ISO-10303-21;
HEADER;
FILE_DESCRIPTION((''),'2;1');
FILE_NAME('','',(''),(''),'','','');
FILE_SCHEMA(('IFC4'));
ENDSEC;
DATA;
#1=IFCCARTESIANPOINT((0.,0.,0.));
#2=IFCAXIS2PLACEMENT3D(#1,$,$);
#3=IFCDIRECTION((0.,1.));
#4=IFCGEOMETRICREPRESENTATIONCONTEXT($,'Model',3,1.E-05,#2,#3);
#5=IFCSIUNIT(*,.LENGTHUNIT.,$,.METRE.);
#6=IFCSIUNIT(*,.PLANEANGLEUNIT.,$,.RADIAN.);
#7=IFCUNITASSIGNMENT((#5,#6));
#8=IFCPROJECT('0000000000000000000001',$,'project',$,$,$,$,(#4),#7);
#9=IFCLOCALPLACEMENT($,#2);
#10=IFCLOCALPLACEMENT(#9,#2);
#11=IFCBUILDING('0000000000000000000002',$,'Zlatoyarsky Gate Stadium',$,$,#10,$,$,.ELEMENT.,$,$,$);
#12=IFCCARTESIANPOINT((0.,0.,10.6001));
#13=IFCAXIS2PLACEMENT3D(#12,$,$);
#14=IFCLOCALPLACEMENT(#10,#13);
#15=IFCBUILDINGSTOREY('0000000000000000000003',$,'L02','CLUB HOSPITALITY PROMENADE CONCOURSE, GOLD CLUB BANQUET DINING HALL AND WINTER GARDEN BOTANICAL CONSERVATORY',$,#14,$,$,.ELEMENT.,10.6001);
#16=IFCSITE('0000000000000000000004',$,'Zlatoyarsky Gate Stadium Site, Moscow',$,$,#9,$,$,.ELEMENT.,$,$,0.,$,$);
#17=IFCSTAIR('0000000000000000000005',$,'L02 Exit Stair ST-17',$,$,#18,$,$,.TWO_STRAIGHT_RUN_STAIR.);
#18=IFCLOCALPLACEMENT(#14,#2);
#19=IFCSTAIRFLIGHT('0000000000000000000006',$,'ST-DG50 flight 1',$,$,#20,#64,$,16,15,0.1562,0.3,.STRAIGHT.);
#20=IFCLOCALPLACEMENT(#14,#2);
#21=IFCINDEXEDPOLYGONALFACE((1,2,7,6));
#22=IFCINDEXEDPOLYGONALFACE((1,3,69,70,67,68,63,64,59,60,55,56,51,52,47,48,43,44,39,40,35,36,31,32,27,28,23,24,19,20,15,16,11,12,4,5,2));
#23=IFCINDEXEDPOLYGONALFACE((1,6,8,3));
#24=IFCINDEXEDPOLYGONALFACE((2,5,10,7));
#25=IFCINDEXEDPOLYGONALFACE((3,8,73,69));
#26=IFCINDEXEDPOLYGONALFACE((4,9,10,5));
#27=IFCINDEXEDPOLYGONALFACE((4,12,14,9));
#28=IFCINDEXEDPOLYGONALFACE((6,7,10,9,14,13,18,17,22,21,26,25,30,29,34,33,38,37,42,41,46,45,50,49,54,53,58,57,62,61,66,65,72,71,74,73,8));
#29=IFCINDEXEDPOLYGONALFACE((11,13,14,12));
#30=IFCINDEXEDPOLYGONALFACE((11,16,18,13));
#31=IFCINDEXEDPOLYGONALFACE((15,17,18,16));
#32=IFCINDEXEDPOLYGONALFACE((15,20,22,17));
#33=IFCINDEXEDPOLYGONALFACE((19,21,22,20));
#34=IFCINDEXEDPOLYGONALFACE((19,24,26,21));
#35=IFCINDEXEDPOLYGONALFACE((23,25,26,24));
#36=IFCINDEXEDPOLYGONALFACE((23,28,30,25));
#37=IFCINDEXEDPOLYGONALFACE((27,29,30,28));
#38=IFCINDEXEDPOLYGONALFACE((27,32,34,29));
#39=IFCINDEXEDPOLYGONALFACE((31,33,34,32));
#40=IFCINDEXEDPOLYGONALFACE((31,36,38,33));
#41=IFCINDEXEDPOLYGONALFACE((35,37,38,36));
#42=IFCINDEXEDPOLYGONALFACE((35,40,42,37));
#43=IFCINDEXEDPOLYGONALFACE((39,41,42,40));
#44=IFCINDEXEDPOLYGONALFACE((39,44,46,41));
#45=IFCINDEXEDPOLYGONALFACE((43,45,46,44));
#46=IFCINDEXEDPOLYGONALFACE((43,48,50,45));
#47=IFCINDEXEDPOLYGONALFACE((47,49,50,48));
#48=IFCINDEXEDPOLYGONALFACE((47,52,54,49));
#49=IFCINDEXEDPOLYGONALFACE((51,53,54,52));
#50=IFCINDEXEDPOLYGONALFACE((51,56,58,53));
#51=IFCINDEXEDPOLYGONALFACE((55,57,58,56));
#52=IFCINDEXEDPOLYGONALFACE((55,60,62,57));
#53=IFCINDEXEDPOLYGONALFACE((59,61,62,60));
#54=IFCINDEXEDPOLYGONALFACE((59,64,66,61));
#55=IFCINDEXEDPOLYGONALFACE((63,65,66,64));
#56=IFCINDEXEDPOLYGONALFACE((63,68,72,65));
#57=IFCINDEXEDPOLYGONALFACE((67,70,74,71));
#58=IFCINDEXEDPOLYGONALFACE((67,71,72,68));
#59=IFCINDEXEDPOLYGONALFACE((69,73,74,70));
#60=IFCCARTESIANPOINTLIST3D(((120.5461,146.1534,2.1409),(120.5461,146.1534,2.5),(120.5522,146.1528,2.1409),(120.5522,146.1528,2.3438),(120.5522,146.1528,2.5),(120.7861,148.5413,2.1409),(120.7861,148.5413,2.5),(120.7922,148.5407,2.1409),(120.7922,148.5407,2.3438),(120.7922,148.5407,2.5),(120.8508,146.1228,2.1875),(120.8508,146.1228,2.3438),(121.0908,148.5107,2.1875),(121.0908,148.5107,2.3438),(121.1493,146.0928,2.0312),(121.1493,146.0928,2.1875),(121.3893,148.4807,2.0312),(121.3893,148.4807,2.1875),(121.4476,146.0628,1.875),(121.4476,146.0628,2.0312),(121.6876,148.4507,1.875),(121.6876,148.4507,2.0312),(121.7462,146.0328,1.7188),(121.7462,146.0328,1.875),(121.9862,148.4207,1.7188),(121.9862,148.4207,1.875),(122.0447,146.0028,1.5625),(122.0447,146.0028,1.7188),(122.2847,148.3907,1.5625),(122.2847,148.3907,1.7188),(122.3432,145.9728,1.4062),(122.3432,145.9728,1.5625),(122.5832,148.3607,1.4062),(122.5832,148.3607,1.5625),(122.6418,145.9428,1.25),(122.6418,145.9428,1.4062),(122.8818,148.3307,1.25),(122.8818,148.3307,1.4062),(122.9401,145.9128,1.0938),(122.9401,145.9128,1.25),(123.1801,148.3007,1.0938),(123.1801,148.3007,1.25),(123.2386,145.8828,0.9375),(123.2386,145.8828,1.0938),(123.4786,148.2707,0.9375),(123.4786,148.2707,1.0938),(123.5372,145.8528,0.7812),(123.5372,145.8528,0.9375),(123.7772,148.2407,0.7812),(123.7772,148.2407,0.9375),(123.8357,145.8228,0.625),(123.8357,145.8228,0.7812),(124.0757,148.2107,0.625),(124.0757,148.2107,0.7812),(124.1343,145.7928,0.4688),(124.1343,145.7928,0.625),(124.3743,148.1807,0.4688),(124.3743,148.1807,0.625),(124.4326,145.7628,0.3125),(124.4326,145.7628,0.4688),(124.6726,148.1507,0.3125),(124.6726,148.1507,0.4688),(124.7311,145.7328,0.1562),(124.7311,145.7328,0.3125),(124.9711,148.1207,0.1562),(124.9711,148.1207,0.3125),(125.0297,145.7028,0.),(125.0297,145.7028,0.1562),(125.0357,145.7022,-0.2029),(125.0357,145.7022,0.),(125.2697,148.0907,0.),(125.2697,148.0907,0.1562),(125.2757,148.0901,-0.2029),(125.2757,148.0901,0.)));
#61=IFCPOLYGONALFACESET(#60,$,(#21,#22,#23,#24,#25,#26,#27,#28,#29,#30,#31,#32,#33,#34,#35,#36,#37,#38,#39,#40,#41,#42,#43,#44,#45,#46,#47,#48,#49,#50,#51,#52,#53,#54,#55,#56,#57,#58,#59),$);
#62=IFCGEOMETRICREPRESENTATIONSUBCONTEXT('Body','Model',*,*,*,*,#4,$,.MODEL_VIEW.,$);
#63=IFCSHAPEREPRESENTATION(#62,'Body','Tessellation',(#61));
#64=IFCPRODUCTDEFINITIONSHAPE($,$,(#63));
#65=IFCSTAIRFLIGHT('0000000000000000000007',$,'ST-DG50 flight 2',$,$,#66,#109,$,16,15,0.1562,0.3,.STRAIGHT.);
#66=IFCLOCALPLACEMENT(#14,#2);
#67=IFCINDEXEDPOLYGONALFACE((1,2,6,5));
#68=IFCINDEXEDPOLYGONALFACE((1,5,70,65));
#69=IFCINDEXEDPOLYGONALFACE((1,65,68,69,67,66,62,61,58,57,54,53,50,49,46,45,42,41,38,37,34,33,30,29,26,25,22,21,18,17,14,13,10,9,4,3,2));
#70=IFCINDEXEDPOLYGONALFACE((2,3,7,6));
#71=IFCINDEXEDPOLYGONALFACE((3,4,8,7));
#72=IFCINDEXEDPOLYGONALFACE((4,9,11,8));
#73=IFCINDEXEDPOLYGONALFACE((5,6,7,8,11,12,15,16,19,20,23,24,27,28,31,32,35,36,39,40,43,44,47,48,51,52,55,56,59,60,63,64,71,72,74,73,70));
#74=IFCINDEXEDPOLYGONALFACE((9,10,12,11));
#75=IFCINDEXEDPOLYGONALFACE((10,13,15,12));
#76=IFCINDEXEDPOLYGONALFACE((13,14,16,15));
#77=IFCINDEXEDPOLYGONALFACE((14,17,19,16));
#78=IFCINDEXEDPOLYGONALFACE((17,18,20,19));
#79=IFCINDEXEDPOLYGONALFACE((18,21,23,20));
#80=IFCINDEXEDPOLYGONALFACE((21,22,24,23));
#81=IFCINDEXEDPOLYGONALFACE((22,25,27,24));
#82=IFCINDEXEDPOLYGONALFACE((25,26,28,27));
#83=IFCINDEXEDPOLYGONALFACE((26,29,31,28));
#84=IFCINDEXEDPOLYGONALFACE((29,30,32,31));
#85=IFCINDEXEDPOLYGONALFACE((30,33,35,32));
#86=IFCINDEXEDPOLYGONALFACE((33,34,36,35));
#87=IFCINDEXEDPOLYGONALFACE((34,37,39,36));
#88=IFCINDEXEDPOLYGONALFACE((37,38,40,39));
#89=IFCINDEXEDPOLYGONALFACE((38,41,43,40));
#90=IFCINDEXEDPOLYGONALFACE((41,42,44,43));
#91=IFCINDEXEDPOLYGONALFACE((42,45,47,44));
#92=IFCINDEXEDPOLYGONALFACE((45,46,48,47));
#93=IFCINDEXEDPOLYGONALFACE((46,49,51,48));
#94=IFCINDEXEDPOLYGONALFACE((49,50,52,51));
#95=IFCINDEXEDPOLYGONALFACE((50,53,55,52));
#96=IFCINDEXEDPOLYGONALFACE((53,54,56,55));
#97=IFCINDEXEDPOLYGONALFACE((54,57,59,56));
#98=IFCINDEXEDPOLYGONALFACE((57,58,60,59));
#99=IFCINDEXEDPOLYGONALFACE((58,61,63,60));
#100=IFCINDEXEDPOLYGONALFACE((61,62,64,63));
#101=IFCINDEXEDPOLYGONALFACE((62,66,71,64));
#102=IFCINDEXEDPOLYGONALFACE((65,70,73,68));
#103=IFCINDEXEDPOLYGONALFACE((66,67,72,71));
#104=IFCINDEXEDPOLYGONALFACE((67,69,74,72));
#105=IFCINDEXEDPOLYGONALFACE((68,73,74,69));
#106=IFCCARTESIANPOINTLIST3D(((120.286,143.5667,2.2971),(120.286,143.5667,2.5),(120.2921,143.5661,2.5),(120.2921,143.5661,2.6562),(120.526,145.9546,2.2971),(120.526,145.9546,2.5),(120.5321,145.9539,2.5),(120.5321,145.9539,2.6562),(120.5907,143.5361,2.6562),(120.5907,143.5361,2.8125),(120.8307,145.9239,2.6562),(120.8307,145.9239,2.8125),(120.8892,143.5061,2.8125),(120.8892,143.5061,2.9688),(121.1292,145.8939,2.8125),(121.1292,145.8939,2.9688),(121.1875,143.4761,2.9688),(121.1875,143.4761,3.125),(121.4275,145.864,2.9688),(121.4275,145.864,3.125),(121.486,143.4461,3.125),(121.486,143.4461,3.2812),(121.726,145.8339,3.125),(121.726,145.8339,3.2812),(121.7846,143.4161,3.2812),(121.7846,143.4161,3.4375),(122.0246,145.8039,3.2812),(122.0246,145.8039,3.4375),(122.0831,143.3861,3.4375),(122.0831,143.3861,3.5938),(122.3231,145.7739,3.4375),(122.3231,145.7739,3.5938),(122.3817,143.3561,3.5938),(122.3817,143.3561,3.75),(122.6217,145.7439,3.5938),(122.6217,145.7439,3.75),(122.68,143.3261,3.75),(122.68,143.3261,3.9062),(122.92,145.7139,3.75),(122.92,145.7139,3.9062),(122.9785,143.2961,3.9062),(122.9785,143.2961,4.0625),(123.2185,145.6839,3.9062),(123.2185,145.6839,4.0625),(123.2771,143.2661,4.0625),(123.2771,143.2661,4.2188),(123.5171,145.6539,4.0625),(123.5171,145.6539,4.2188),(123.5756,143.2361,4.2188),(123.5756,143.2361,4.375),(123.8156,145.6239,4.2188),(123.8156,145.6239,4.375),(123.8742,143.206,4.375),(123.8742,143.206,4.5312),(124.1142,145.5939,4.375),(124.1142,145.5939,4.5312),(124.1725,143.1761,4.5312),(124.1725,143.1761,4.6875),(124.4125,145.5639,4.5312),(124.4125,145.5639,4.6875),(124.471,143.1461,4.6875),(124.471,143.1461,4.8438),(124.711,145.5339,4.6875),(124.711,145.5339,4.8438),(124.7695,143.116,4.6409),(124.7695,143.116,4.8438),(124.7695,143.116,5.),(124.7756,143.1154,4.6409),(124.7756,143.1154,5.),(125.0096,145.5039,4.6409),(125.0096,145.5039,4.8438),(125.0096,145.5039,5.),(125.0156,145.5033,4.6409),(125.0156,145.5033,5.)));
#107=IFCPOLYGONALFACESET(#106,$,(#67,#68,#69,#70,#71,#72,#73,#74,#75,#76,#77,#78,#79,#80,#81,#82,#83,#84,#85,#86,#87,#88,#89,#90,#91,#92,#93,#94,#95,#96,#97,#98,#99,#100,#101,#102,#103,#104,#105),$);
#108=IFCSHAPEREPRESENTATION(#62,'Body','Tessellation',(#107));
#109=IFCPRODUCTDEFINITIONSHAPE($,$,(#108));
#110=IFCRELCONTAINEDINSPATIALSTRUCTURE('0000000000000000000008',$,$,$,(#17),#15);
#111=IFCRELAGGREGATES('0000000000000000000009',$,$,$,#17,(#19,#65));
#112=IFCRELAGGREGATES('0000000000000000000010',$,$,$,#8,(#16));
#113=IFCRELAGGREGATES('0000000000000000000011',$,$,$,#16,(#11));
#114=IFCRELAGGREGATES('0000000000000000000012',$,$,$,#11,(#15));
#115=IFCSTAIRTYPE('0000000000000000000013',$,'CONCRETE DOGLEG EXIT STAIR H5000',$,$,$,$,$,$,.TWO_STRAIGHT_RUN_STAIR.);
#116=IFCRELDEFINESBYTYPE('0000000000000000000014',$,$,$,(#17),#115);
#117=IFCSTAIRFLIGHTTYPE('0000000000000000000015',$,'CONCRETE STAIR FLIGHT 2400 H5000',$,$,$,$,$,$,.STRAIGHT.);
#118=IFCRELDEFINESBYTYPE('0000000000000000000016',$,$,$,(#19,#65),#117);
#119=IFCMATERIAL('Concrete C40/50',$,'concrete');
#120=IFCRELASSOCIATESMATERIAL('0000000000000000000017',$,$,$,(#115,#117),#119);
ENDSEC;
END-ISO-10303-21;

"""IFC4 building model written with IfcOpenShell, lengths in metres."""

from ifc_helpers import new_model, si_unit, direction, frame, origin, place, context, subcontext, project, spatial, polyline, outline, extrude, material, type_object, element, aggregate, save


model = new_model("IFC4")

# Units and contexts
model_context = context("Model", 3, precision=1e-05, world=origin(), true_north=direction((0.0, 1.0)))
body_context = subcontext(model_context, "Body", "Model", "MODEL_VIEW")
ifc_project = project(units=[si_unit("LENGTHUNIT", "METRE"), si_unit("PLANEANGLEUNIT", "RADIAN")], contexts=[model_context])

# Site, building, storey
site_placement = place(None, origin())
site = spatial("IfcSite", under=ifc_project, at=site_placement, Name="Zlatoyarsky Gate Stadium Site, Moscow", CompositionType="ELEMENT", RefElevation=0.0)
building_placement = place(site_placement, origin())
building = spatial("IfcBuilding", under=site, at=building_placement, Name="Zlatoyarsky Gate Stadium", CompositionType="ELEMENT")
storey_placement = place(building_placement, frame((0.0, 0.0, 10.6001)))
storey = spatial("IfcBuildingStorey", under=building, at=storey_placement, Name="L02", Description="CLUB HOSPITALITY PROMENADE CONCOURSE, GOLD CLUB BANQUET DINING HALL AND WINTER GARDEN BOTANICAL CONSERVATORY", CompositionType="ELEMENT", Elevation=10.6001)

# Shared definitions
ifc_material_1 = material(Name="Concrete C40/50", Category="concrete")

# Stair, stair flights
stair_type = type_object("IfcStairType", Name="CONCRETE DOGLEG EXIT STAIR H5000", PredefinedType="TWO_STRAIGHT_RUN_STAIR", material=ifc_material_1)
stair_placement = place(storey_placement, origin())
stair = element("IfcStair", 1, at=stair_placement, inside=storey, type_object=stair_type, Name="L02 Exit Stair ST-17", PredefinedType="TWO_STRAIGHT_RUN_STAIR")
stair_flight_type = type_object("IfcStairFlightType", Name="CONCRETE STAIR FLIGHT 2400 H5000", PredefinedType="STRAIGHT", material=ifc_material_1)
stair_flight_1_placement = place(storey_placement, frame((125.1497, 146.8967, 0.0), z_axis=(0.0, 0.0, 1.0), x_axis=(-0.994987, 0.100006, 0.0)))
stair_flight_1 = element("IfcStairFlight", 2, at=stair_flight_1_placement, type_object=stair_flight_type, Name="ST-DG50 flight 1", NumberOfRisers=16, NumberOfTreads=15, PredefinedType="STRAIGHT", RiserHeight=0.1562, TreadLength=0.3, context=body_context, shape_type="SweptSolid", body=[
    extrude(outline(polyline([(-0.0061, -0.2029), (-0.0061, 0.0), (0.0, 0.0), (0.0, 0.1562), (0.3, 0.1562), (0.3, 0.3125), (0.6001, 0.3125), (0.6001, 0.4688), (0.8999, 0.4688), (0.8999, 0.625), (1.2, 0.625), (1.2, 0.7812), (1.5, 0.7812), (1.5, 0.9375), (1.8, 0.9375), (1.8, 1.0938), (2.1001, 1.0938), (2.1001, 1.25), (2.3999, 1.25), (2.3999, 1.4062), (2.7, 1.4062), (2.7, 1.5625), (3.0, 1.5625), (3.0, 1.7188), (3.3, 1.7188), (3.3, 1.875), (3.6001, 1.875), (3.6001, 2.0312), (3.8999, 2.0312), (3.8999, 2.1875), (4.2, 2.1875), (4.2, 2.3438), (4.5, 2.3438), (4.5, 2.5), (4.5061, 2.5), (4.5061, 2.1409), (4.5, 2.1409), (-0.0061, -0.2029)])), frame((0.0, 1.2, 0.0), z_axis=(0.0, -1.0, 0.0), x_axis=(1.0, 0.0, 0.0)), (0.0, 0.0, 1.0), 2.3999),
])
stair_flight_2_placement = place(storey_placement, frame((120.4121, 144.76, 2.5), z_axis=(0.0, 0.0, 1.0), x_axis=(0.994987, -0.100006, 0.0)))
stair_flight_2 = element("IfcStairFlight", 3, at=stair_flight_2_placement, type_object=stair_flight_type, Name="ST-DG50 flight 2", NumberOfRisers=16, NumberOfTreads=15, PredefinedType="STRAIGHT", RiserHeight=0.1562, TreadLength=0.3, context=body_context, shape_type="SweptSolid", body=[
    extrude(outline(polyline([(-0.0061, -0.2029), (-0.0061, 0.0), (0.0, 0.0), (0.0, 0.1562), (0.3, 0.1562), (0.3, 0.3125), (0.6001, 0.3125), (0.6001, 0.4688), (0.8999, 0.4688), (0.8999, 0.625), (1.2, 0.625), (1.2, 0.7812), (1.5, 0.7812), (1.5, 0.9375), (1.8, 0.9375), (1.8, 1.0938), (2.1001, 1.0938), (2.1001, 1.25), (2.3999, 1.25), (2.3999, 1.4062), (2.7, 1.4062), (2.7, 1.5625), (3.0, 1.5625), (3.0, 1.7188), (3.3, 1.7188), (3.3, 1.875), (3.6001, 1.875), (3.6001, 2.0312), (3.8999, 2.0312), (3.8999, 2.1875), (4.2, 2.1875), (4.2, 2.3438), (4.5, 2.3438), (4.5, 2.5), (4.5061, 2.5), (4.5061, 2.1409), (4.5, 2.1409), (-0.0061, -0.2029)])), frame((0.0, 1.2, 0.0), z_axis=(0.0, -1.0, 0.0), x_axis=(1.0, 0.0, 0.0)), (0.0, 0.0, 1.0), 2.3999),
])
aggregate(stair, [stair_flight_1, stair_flight_2])

save(model, "model.ifc")
